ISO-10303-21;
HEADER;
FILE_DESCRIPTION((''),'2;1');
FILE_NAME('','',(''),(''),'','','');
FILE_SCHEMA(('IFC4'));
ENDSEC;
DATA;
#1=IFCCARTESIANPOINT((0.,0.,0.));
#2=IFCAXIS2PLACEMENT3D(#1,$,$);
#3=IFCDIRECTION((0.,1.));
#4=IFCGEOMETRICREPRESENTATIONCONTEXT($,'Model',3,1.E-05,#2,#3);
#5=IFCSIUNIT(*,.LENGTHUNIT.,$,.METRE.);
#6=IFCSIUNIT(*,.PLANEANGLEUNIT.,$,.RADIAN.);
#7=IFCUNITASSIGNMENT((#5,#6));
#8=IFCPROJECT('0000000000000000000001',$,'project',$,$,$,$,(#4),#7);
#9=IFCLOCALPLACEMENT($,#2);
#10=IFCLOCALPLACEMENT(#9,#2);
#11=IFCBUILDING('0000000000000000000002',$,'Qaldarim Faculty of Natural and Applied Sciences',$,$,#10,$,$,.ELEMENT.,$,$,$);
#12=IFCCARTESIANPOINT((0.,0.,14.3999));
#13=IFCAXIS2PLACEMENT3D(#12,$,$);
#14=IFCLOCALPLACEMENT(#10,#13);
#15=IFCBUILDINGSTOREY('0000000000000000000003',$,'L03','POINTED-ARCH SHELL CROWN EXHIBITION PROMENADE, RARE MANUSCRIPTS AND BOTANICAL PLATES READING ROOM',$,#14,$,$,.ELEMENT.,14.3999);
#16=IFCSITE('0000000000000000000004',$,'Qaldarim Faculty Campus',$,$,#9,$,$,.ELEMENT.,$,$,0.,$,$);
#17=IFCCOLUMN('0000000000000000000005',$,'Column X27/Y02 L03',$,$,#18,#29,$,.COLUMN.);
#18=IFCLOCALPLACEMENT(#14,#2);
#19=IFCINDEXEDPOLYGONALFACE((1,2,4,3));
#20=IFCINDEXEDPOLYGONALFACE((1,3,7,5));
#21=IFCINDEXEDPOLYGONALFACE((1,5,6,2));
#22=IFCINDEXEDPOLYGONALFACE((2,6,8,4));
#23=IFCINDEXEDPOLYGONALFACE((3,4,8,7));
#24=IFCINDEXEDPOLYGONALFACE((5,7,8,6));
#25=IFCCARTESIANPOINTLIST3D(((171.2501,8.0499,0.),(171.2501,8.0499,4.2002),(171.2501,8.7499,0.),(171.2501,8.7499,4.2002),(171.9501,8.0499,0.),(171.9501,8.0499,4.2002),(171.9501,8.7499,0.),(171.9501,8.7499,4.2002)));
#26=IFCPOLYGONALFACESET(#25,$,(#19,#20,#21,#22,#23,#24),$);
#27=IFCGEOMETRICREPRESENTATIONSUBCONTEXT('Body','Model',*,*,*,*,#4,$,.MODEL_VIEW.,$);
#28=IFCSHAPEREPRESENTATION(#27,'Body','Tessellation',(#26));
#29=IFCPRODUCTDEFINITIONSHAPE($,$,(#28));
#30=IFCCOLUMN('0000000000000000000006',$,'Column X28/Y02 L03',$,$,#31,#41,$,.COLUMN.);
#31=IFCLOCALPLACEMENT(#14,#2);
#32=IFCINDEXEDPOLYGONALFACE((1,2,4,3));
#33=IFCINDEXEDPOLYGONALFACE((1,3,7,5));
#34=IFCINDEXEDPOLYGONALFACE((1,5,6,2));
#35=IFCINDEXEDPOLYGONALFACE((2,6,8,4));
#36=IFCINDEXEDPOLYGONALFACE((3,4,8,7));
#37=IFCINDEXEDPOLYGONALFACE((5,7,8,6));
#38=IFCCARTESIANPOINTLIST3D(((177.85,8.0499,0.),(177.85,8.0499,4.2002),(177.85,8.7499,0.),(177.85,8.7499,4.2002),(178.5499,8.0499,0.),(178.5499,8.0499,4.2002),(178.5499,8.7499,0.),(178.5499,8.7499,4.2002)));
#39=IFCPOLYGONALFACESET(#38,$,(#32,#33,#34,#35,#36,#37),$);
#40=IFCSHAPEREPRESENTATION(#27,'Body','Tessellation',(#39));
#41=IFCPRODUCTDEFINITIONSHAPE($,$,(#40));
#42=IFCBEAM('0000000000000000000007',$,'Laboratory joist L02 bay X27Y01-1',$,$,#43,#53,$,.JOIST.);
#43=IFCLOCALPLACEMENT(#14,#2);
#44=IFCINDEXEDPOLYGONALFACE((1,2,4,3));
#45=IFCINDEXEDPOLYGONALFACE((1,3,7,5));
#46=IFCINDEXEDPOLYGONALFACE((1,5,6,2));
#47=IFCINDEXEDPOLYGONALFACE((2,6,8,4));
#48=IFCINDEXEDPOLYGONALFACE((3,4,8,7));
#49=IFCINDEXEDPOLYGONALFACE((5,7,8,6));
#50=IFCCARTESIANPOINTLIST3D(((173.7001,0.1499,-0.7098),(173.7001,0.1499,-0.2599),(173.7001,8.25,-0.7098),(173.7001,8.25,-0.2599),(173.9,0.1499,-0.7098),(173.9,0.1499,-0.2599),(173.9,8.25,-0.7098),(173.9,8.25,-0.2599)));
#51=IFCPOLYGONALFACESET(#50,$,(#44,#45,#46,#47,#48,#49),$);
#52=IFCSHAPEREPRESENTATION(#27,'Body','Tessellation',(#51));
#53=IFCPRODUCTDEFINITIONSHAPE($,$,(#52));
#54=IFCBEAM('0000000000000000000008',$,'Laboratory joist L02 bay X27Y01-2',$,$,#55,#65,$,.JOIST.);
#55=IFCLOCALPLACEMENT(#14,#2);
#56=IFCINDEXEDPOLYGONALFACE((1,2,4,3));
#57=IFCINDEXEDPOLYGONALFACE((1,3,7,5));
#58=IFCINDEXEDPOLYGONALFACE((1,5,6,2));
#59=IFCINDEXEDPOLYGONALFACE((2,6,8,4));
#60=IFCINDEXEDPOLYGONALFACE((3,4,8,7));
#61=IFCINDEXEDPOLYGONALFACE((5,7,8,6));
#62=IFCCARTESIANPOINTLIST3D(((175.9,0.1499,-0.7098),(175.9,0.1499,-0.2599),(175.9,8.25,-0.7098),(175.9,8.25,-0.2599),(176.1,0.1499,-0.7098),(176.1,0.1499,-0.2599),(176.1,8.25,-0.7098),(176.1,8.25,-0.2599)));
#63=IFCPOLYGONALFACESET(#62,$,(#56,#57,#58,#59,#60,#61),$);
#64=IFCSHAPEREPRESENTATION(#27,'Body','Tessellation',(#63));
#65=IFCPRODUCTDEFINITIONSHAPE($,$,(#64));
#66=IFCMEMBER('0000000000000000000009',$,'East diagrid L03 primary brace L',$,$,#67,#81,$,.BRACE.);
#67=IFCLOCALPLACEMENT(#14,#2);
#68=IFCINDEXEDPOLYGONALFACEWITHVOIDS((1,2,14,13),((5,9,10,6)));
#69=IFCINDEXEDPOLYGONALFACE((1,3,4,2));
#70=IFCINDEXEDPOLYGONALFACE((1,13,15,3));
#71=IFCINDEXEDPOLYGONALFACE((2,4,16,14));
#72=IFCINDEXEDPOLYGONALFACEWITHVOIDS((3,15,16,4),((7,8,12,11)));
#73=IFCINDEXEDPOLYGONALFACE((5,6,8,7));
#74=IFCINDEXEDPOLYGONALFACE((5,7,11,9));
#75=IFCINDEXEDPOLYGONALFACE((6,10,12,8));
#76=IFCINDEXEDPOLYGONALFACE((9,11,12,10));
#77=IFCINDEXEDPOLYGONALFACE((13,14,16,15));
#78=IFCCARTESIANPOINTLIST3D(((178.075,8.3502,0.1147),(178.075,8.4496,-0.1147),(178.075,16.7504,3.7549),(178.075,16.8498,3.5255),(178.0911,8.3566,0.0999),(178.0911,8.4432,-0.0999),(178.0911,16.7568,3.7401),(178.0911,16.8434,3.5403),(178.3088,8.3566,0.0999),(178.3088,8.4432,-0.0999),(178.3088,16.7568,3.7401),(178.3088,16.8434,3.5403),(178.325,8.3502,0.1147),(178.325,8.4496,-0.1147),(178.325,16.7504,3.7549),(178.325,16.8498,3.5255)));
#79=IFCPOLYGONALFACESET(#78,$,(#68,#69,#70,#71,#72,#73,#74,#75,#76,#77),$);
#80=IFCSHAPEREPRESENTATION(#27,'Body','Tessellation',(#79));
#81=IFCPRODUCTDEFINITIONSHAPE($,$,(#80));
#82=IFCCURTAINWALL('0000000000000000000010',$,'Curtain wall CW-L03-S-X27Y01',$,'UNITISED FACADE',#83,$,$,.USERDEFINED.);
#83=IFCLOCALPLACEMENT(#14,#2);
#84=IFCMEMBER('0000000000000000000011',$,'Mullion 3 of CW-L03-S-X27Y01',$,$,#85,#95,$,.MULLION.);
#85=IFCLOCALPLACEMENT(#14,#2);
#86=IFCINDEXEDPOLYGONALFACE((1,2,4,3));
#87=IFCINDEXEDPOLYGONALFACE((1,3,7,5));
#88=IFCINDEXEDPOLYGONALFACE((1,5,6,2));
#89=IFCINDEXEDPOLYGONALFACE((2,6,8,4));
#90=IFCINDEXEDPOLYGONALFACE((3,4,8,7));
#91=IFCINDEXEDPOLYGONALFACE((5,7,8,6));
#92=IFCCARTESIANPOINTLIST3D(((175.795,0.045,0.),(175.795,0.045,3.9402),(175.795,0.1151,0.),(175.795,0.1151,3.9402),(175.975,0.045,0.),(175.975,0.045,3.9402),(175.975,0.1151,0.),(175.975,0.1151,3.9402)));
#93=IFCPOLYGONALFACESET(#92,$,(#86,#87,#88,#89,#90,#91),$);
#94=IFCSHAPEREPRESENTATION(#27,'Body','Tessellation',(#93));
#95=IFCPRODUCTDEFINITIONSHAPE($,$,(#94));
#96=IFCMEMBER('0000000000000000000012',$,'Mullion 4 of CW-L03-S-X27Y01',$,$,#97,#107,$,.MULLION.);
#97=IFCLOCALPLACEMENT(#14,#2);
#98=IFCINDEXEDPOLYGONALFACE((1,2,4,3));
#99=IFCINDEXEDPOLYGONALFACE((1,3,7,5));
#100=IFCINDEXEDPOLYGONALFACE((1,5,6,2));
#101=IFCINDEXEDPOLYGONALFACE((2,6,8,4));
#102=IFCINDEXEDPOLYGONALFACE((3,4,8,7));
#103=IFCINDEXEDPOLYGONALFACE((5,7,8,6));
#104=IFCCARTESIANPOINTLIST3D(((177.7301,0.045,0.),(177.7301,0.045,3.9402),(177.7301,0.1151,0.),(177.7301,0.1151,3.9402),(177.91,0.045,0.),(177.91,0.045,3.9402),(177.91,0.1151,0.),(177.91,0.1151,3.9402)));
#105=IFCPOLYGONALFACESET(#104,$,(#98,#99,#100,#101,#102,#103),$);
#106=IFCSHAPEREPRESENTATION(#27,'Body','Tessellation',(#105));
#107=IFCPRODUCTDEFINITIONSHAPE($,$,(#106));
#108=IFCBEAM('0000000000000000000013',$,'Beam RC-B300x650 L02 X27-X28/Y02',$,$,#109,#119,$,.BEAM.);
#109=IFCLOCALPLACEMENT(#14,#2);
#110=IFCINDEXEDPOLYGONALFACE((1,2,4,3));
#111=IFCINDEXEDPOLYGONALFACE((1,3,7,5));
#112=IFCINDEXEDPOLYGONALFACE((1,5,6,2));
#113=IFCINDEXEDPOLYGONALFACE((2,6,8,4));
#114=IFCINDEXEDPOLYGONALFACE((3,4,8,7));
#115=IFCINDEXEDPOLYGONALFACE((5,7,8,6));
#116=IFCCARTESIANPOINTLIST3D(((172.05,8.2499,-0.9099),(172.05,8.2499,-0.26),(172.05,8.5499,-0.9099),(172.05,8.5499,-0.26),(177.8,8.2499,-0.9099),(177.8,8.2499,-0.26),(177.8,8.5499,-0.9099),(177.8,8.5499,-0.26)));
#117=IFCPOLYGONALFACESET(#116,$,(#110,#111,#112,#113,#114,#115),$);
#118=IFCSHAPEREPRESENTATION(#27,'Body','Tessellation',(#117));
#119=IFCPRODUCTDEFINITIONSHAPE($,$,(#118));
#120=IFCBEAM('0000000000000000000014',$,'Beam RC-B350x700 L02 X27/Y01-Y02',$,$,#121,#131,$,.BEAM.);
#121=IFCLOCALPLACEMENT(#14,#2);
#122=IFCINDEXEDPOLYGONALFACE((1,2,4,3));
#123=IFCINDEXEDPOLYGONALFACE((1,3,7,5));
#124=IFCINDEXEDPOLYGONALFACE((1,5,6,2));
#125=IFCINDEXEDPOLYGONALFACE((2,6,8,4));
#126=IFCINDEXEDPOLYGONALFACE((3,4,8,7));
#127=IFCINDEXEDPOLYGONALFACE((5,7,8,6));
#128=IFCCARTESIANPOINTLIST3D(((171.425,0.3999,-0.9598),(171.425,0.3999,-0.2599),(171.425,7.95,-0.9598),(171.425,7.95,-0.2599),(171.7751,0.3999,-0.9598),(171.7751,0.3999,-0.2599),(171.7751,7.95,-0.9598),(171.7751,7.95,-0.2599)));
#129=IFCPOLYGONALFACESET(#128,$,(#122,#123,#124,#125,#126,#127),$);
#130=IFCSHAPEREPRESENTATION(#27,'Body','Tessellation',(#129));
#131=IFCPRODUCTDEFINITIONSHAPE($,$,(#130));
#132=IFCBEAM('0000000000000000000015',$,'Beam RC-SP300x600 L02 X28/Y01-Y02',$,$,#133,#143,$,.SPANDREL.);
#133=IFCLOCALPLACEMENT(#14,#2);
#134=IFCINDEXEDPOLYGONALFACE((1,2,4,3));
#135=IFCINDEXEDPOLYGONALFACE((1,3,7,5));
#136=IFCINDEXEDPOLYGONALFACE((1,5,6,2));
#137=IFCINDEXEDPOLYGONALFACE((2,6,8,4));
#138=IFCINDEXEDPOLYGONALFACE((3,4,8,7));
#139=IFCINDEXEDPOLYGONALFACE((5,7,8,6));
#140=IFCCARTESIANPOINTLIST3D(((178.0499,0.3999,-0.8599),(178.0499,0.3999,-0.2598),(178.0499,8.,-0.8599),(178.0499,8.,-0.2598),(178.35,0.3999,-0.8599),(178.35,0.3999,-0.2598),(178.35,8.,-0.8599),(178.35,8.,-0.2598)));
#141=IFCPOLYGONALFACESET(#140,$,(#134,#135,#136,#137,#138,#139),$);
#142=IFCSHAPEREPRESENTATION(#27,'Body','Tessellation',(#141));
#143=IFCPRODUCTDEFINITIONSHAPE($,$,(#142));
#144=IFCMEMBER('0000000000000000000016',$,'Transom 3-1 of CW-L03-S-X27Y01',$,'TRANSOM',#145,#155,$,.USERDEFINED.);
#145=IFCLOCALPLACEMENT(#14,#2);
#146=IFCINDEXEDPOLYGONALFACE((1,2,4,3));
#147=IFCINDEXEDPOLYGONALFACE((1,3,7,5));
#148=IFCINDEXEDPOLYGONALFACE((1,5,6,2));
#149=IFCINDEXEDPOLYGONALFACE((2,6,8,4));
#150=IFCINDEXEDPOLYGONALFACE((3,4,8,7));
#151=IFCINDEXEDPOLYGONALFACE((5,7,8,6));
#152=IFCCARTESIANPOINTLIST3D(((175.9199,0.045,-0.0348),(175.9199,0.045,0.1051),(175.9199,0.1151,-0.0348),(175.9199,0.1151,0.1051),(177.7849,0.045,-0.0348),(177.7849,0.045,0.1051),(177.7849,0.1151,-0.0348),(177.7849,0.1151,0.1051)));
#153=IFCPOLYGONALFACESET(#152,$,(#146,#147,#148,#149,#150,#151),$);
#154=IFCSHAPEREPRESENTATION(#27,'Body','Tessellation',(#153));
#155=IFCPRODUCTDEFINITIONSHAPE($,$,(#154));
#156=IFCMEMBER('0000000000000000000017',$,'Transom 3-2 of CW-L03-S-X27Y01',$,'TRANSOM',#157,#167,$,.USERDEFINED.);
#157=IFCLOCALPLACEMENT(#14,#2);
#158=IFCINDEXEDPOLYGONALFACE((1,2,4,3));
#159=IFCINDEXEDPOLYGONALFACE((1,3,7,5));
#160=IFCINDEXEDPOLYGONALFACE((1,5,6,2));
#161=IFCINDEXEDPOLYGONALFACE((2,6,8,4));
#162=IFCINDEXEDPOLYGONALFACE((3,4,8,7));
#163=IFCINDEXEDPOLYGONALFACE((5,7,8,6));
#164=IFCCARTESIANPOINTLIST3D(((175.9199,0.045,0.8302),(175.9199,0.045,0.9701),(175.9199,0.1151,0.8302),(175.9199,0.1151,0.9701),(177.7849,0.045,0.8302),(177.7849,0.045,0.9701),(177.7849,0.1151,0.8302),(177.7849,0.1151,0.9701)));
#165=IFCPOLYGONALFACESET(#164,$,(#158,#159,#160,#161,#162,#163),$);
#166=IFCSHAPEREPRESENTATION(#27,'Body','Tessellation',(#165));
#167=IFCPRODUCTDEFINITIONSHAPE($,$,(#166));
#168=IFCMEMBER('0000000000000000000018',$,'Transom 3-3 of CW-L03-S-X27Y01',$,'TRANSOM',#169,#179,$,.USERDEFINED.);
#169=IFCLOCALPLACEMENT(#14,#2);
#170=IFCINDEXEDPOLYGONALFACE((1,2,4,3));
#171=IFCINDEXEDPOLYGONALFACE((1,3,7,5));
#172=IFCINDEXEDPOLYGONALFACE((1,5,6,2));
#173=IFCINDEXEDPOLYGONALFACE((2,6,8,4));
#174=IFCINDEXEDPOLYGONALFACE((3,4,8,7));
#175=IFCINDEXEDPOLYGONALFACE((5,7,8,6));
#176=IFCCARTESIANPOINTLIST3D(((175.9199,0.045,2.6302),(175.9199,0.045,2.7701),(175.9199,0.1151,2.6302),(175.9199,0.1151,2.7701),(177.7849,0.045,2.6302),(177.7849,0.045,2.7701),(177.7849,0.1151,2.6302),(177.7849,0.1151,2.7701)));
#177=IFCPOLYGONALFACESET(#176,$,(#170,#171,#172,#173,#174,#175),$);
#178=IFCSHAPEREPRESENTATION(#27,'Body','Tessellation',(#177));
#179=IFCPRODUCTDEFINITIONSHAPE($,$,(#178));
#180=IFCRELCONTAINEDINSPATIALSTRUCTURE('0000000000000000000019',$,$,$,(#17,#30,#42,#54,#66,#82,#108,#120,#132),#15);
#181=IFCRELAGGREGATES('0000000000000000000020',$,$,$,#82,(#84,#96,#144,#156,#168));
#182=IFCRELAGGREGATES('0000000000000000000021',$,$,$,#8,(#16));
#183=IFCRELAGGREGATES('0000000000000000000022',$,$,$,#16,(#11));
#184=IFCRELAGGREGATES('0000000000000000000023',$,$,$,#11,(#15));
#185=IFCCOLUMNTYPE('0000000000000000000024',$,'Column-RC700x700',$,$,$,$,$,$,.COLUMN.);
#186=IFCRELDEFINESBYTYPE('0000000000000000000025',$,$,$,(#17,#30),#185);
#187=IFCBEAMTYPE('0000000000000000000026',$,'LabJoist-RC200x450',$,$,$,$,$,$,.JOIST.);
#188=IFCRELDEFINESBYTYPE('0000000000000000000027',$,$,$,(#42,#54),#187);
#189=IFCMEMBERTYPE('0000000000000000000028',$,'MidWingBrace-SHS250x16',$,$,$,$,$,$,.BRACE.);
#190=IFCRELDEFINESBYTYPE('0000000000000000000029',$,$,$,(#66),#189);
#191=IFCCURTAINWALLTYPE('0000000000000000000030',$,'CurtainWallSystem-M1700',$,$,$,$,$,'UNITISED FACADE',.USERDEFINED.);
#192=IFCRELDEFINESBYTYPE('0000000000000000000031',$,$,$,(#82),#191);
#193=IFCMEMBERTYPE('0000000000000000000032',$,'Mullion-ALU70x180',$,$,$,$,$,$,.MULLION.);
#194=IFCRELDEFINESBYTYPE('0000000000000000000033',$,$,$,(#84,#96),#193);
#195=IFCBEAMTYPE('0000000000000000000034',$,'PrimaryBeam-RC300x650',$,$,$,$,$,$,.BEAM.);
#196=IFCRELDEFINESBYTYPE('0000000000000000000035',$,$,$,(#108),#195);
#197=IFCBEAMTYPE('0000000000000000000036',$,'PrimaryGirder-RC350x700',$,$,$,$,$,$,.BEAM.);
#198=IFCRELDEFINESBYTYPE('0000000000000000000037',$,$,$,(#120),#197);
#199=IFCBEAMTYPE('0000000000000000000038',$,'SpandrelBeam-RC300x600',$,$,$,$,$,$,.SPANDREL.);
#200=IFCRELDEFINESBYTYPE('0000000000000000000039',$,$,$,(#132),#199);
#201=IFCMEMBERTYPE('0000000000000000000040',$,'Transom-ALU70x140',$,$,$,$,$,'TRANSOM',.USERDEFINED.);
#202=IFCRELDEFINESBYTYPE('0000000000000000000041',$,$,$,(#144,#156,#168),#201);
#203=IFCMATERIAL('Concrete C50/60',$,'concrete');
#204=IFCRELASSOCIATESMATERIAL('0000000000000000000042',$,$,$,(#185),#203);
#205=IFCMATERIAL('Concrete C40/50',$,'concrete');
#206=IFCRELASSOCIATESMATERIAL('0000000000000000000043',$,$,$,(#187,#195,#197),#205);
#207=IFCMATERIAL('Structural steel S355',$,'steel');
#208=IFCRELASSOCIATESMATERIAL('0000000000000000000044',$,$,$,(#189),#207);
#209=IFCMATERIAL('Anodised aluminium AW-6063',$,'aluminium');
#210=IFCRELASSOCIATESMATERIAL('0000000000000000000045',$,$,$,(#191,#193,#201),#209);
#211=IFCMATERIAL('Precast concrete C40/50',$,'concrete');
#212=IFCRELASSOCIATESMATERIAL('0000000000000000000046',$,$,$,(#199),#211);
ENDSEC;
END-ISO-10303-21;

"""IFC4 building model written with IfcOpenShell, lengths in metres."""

from ifc_helpers import new_model, si_unit, direction, frame, origin, origin_2d, place, context, subcontext, project, spatial, rectangle, hollow_rectangle, extrude, material, material_profile, profile_set, type_object, element, aggregate, save


model = new_model("IFC4")

# Units and contexts
model_context = context("Model", 3, precision=1e-05, world=origin(), true_north=direction((0.0, 1.0)))
body_context = subcontext(model_context, "Body", "Model", "MODEL_VIEW")
ifc_project = project(units=[si_unit("LENGTHUNIT", "METRE"), si_unit("PLANEANGLEUNIT", "RADIAN")], contexts=[model_context])

# Site, building, storey
site_placement = place(None, origin())
site = spatial("IfcSite", under=ifc_project, at=site_placement, Name="Qaldarim Faculty Campus", CompositionType="ELEMENT", RefElevation=0.0)
building_placement = place(site_placement, origin())
building = spatial("IfcBuilding", under=site, at=building_placement, Name="Qaldarim Faculty of Natural and Applied Sciences", CompositionType="ELEMENT")
storey_placement = place(building_placement, frame((0.0, 0.0, 14.3999)))
storey = spatial("IfcBuildingStorey", under=building, at=storey_placement, Name="L03", Description="POINTED-ARCH SHELL CROWN EXHIBITION PROMENADE, RARE MANUSCRIPTS AND BOTANICAL PLATES READING ROOM", CompositionType="ELEMENT", Elevation=14.3999)

# Columns
ifc_material_1 = material(Name="Concrete C50/60", Category="concrete")
ifc_material_profile_1 = material_profile(ifc_material_1, rectangle(XDim=0.7, YDim=0.7, at=origin_2d()), Name="RC-C700x700")
ifc_profile_set_1 = profile_set([ifc_material_profile_1], Name="Concrete C50/60")
column_type = type_object("IfcColumnType", Name="Column-RC700x700", PredefinedType="COLUMN", material=ifc_profile_set_1)
for number, where, z_axis, x_axis, name in (
    (1, (171.6001, 8.3999, 0.0), (0.0, 0.0, 1.0), (1.0, 0.0, 0.0), "Column X27/Y02 L03"),
    (2, (178.2, 8.3999, 0.0), (0.0, 0.0, 1.0), (1.0, 0.0, 0.0), "Column X28/Y02 L03"),
):
    element("IfcColumn", number, at=place(storey_placement, frame(where, z_axis=z_axis, x_axis=x_axis)), inside=storey, type_object=column_type, Name=name, PredefinedType="COLUMN", context=body_context, shape_type="SweptSolid", body=[
        extrude(rectangle(XDim=0.7, YDim=0.7, at=origin_2d()), origin(), (0.0, 0.0, 1.0), 4.2002),
    ])

# Beams
ifc_material_2 = material(Name="Concrete C40/50", Category="concrete")
ifc_material_profile_2 = material_profile(ifc_material_2, rectangle(XDim=0.2, YDim=0.45, at=origin_2d()), Name="RC-J200x450")
ifc_profile_set_2 = profile_set([ifc_material_profile_2], Name="Concrete C40/50")
beam_type_1 = type_object("IfcBeamType", Name="LabJoist-RC200x450", PredefinedType="JOIST", material=ifc_profile_set_2)
for number, where, z_axis, x_axis, name in (
    (3, (173.8, 0.1499, -0.4849), (0.0, 1.0, 0.0), (-1.0, 0.0, 0.0), "Laboratory joist L02 bay X27Y01-1"),
    (4, (176.0, 0.1499, -0.4849), (0.0, 1.0, 0.0), (-1.0, 0.0, 0.0), "Laboratory joist L02 bay X27Y01-2"),
):
    element("IfcBeam", number, at=place(storey_placement, frame(where, z_axis=z_axis, x_axis=x_axis)), inside=storey, type_object=beam_type_1, Name=name, PredefinedType="JOIST", context=body_context, shape_type="SweptSolid", body=[
        extrude(rectangle(XDim=0.2, YDim=0.45, at=origin_2d()), origin(), (0.0, 0.0, 1.0), 8.1001),
    ])

# Member
ifc_material_3 = material(Name="Structural steel S355", Category="steel")
ifc_material_profile_3 = material_profile(ifc_material_3, hollow_rectangle(XDim=0.25, YDim=0.25, WallThickness=0.0161, at=origin_2d()), Name="SHS 250x250x16.0")
ifc_profile_set_3 = profile_set([ifc_material_profile_3], Name="Structural steel S355")
member_type_1 = type_object("IfcMemberType", Name="MidWingBrace-SHS250x16", PredefinedType="BRACE", material=ifc_profile_set_3)
member_1_placement = place(storey_placement, frame((178.2, 8.3999, 0.0), z_axis=(0.0, 0.917553, 0.397614), x_axis=(-1.0, 0.0, 0.0)))
element("IfcMember", 5, at=member_1_placement, inside=storey, type_object=member_type_1, Name="East diagrid L03 primary brace L", PredefinedType="BRACE", context=body_context, shape_type="SweptSolid", body=[
    extrude(hollow_rectangle(XDim=0.25, YDim=0.25, WallThickness=0.0161, at=origin_2d()), origin(), (0.0, 0.0, 1.0), 9.155),
])

# Curtain wall, members
ifc_material_4 = material(Name="Anodised aluminium AW-6063", Category="aluminium")
curtain_wall_type = type_object("IfcCurtainWallType", Name="CurtainWallSystem-M1700", ElementType="UNITISED FACADE", PredefinedType="USERDEFINED", material=ifc_material_4)
curtain_wall_placement = place(storey_placement, origin())
curtain_wall = element("IfcCurtainWall", 6, at=curtain_wall_placement, inside=storey, type_object=curtain_wall_type, Name="Curtain wall CW-L03-S-X27Y01", ObjectType="UNITISED FACADE", PredefinedType="USERDEFINED")
ifc_material_profile_4 = material_profile(ifc_material_4, rectangle(XDim=0.0701, YDim=0.1799, at=origin_2d()), Name="ALU-M70x180")
ifc_profile_set_4 = profile_set([ifc_material_profile_4], Name="Anodised aluminium AW-6063")
member_type_2 = type_object("IfcMemberType", Name="Mullion-ALU70x180", PredefinedType="MULLION", material=ifc_profile_set_4)
member_2_placement = place(storey_placement, frame((175.885, 0.0801, 0.0), z_axis=(0.0, 0.0, 1.0), x_axis=(0.0, 1.0, 0.0)))
member_2 = element("IfcMember", 7, at=member_2_placement, type_object=member_type_2, Name="Mullion 3 of CW-L03-S-X27Y01", PredefinedType="MULLION", context=body_context, shape_type="SweptSolid", body=[
    extrude(rectangle(XDim=0.0701, YDim=0.1799, at=origin_2d()), origin(), (0.0, 0.0, 1.0), 3.9402),
])
member_3_placement = place(storey_placement, frame((177.8201, 0.0801, 0.0), z_axis=(0.0, 0.0, 1.0), x_axis=(0.0, 1.0, 0.0)))
member_3 = element("IfcMember", 8, at=member_3_placement, type_object=member_type_2, Name="Mullion 4 of CW-L03-S-X27Y01", PredefinedType="MULLION", context=body_context, shape_type="SweptSolid", body=[
    extrude(rectangle(XDim=0.0701, YDim=0.1799, at=origin_2d()), origin(), (0.0, 0.0, 1.0), 3.9402),
])

# Beams
ifc_material_profile_5 = material_profile(ifc_material_2, rectangle(XDim=0.3, YDim=0.6499, at=origin_2d()), Name="RC-B300x650")
ifc_profile_set_5 = profile_set([ifc_material_profile_5], Name="Concrete C40/50")
beam_type_2 = type_object("IfcBeamType", Name="PrimaryBeam-RC300x650", PredefinedType="BEAM", material=ifc_profile_set_5)
beam_1_placement = place(storey_placement, frame((172.05, 8.3999, -0.585), z_axis=(1.0, 0.0, 0.0), x_axis=(0.0, 1.0, 0.0)))
element("IfcBeam", 9, at=beam_1_placement, inside=storey, type_object=beam_type_2, Name="Beam RC-B300x650 L02 X27-X28/Y02", PredefinedType="BEAM", context=body_context, shape_type="SweptSolid", body=[
    extrude(rectangle(XDim=0.3, YDim=0.6499, at=origin_2d()), origin(), (0.0, 0.0, 1.0), 5.75),
])
ifc_material_profile_6 = material_profile(ifc_material_2, rectangle(XDim=0.3501, YDim=0.7, at=origin_2d()), Name="RC-B350x700")
ifc_profile_set_6 = profile_set([ifc_material_profile_6], Name="Concrete C40/50")
beam_type_3 = type_object("IfcBeamType", Name="PrimaryGirder-RC350x700", PredefinedType="BEAM", material=ifc_profile_set_6)
beam_2_placement = place(storey_placement, frame((171.6001, 0.3999, -0.6099), z_axis=(0.0, 1.0, 0.0), x_axis=(-1.0, 0.0, 0.0)))
element("IfcBeam", 10, at=beam_2_placement, inside=storey, type_object=beam_type_3, Name="Beam RC-B350x700 L02 X27/Y01-Y02", PredefinedType="BEAM", context=body_context, shape_type="SweptSolid", body=[
    extrude(rectangle(XDim=0.3501, YDim=0.7, at=origin_2d()), origin(), (0.0, 0.0, 1.0), 7.55),
])
ifc_material_5 = material(Name="Precast concrete C40/50", Category="concrete")
ifc_material_profile_7 = material_profile(ifc_material_5, rectangle(XDim=0.3, YDim=0.6001, at=origin_2d()), Name="RC-SP300x600")
ifc_profile_set_7 = profile_set([ifc_material_profile_7], Name="Precast concrete C40/50")
beam_type_4 = type_object("IfcBeamType", Name="SpandrelBeam-RC300x600", PredefinedType="SPANDREL", material=ifc_profile_set_7)
beam_3_placement = place(storey_placement, frame((178.2, 0.3999, -0.5598), z_axis=(0.0, 1.0, 0.0), x_axis=(-1.0, 0.0, 0.0)))
element("IfcBeam", 11, at=beam_3_placement, inside=storey, type_object=beam_type_4, Name="Beam RC-SP300x600 L02 X28/Y01-Y02", PredefinedType="SPANDREL", context=body_context, shape_type="SweptSolid", body=[
    extrude(rectangle(XDim=0.3, YDim=0.6001, at=origin_2d()), origin(), (0.0, 0.0, 1.0), 7.6001),
])

# Members
ifc_material_profile_8 = material_profile(ifc_material_4, rectangle(XDim=0.0701, YDim=0.1399, at=origin_2d()), Name="ALU-T70x140")
ifc_profile_set_8 = profile_set([ifc_material_profile_8], Name="Anodised aluminium AW-6063")
member_type_3 = type_object("IfcMemberType", Name="Transom-ALU70x140", ElementType="TRANSOM", PredefinedType="USERDEFINED", material=ifc_profile_set_8)
member_4_placement = place(storey_placement, frame((175.9199, 0.0801, 0.0352), z_axis=(1.0, 0.0, 0.0), x_axis=(0.0, 1.0, 0.0)))
member_4 = element("IfcMember", 12, at=member_4_placement, type_object=member_type_3, Name="Transom 3-1 of CW-L03-S-X27Y01", ObjectType="TRANSOM", PredefinedType="USERDEFINED", context=body_context, shape_type="SweptSolid", body=[
    extrude(rectangle(XDim=0.0701, YDim=0.1399, at=origin_2d()), origin(), (0.0, 0.0, 1.0), 1.865),
])
member_5_placement = place(storey_placement, frame((175.9199, 0.0801, 0.9001), z_axis=(1.0, 0.0, 0.0), x_axis=(0.0, 1.0, 0.0)))
member_5 = element("IfcMember", 13, at=member_5_placement, type_object=member_type_3, Name="Transom 3-2 of CW-L03-S-X27Y01", ObjectType="TRANSOM", PredefinedType="USERDEFINED", context=body_context, shape_type="SweptSolid", body=[
    extrude(rectangle(XDim=0.0701, YDim=0.1399, at=origin_2d()), origin(), (0.0, 0.0, 1.0), 1.865),
])
member_6_placement = place(storey_placement, frame((175.9199, 0.0801, 2.7002), z_axis=(1.0, 0.0, 0.0), x_axis=(0.0, 1.0, 0.0)))
member_6 = element("IfcMember", 14, at=member_6_placement, type_object=member_type_3, Name="Transom 3-3 of CW-L03-S-X27Y01", ObjectType="TRANSOM", PredefinedType="USERDEFINED", context=body_context, shape_type="SweptSolid", body=[
    extrude(rectangle(XDim=0.0701, YDim=0.1399, at=origin_2d()), origin(), (0.0, 0.0, 1.0), 1.865),
])

aggregate(curtain_wall, [member_2, member_3, member_4, member_5, member_6])

save(model, "model.ifc")
